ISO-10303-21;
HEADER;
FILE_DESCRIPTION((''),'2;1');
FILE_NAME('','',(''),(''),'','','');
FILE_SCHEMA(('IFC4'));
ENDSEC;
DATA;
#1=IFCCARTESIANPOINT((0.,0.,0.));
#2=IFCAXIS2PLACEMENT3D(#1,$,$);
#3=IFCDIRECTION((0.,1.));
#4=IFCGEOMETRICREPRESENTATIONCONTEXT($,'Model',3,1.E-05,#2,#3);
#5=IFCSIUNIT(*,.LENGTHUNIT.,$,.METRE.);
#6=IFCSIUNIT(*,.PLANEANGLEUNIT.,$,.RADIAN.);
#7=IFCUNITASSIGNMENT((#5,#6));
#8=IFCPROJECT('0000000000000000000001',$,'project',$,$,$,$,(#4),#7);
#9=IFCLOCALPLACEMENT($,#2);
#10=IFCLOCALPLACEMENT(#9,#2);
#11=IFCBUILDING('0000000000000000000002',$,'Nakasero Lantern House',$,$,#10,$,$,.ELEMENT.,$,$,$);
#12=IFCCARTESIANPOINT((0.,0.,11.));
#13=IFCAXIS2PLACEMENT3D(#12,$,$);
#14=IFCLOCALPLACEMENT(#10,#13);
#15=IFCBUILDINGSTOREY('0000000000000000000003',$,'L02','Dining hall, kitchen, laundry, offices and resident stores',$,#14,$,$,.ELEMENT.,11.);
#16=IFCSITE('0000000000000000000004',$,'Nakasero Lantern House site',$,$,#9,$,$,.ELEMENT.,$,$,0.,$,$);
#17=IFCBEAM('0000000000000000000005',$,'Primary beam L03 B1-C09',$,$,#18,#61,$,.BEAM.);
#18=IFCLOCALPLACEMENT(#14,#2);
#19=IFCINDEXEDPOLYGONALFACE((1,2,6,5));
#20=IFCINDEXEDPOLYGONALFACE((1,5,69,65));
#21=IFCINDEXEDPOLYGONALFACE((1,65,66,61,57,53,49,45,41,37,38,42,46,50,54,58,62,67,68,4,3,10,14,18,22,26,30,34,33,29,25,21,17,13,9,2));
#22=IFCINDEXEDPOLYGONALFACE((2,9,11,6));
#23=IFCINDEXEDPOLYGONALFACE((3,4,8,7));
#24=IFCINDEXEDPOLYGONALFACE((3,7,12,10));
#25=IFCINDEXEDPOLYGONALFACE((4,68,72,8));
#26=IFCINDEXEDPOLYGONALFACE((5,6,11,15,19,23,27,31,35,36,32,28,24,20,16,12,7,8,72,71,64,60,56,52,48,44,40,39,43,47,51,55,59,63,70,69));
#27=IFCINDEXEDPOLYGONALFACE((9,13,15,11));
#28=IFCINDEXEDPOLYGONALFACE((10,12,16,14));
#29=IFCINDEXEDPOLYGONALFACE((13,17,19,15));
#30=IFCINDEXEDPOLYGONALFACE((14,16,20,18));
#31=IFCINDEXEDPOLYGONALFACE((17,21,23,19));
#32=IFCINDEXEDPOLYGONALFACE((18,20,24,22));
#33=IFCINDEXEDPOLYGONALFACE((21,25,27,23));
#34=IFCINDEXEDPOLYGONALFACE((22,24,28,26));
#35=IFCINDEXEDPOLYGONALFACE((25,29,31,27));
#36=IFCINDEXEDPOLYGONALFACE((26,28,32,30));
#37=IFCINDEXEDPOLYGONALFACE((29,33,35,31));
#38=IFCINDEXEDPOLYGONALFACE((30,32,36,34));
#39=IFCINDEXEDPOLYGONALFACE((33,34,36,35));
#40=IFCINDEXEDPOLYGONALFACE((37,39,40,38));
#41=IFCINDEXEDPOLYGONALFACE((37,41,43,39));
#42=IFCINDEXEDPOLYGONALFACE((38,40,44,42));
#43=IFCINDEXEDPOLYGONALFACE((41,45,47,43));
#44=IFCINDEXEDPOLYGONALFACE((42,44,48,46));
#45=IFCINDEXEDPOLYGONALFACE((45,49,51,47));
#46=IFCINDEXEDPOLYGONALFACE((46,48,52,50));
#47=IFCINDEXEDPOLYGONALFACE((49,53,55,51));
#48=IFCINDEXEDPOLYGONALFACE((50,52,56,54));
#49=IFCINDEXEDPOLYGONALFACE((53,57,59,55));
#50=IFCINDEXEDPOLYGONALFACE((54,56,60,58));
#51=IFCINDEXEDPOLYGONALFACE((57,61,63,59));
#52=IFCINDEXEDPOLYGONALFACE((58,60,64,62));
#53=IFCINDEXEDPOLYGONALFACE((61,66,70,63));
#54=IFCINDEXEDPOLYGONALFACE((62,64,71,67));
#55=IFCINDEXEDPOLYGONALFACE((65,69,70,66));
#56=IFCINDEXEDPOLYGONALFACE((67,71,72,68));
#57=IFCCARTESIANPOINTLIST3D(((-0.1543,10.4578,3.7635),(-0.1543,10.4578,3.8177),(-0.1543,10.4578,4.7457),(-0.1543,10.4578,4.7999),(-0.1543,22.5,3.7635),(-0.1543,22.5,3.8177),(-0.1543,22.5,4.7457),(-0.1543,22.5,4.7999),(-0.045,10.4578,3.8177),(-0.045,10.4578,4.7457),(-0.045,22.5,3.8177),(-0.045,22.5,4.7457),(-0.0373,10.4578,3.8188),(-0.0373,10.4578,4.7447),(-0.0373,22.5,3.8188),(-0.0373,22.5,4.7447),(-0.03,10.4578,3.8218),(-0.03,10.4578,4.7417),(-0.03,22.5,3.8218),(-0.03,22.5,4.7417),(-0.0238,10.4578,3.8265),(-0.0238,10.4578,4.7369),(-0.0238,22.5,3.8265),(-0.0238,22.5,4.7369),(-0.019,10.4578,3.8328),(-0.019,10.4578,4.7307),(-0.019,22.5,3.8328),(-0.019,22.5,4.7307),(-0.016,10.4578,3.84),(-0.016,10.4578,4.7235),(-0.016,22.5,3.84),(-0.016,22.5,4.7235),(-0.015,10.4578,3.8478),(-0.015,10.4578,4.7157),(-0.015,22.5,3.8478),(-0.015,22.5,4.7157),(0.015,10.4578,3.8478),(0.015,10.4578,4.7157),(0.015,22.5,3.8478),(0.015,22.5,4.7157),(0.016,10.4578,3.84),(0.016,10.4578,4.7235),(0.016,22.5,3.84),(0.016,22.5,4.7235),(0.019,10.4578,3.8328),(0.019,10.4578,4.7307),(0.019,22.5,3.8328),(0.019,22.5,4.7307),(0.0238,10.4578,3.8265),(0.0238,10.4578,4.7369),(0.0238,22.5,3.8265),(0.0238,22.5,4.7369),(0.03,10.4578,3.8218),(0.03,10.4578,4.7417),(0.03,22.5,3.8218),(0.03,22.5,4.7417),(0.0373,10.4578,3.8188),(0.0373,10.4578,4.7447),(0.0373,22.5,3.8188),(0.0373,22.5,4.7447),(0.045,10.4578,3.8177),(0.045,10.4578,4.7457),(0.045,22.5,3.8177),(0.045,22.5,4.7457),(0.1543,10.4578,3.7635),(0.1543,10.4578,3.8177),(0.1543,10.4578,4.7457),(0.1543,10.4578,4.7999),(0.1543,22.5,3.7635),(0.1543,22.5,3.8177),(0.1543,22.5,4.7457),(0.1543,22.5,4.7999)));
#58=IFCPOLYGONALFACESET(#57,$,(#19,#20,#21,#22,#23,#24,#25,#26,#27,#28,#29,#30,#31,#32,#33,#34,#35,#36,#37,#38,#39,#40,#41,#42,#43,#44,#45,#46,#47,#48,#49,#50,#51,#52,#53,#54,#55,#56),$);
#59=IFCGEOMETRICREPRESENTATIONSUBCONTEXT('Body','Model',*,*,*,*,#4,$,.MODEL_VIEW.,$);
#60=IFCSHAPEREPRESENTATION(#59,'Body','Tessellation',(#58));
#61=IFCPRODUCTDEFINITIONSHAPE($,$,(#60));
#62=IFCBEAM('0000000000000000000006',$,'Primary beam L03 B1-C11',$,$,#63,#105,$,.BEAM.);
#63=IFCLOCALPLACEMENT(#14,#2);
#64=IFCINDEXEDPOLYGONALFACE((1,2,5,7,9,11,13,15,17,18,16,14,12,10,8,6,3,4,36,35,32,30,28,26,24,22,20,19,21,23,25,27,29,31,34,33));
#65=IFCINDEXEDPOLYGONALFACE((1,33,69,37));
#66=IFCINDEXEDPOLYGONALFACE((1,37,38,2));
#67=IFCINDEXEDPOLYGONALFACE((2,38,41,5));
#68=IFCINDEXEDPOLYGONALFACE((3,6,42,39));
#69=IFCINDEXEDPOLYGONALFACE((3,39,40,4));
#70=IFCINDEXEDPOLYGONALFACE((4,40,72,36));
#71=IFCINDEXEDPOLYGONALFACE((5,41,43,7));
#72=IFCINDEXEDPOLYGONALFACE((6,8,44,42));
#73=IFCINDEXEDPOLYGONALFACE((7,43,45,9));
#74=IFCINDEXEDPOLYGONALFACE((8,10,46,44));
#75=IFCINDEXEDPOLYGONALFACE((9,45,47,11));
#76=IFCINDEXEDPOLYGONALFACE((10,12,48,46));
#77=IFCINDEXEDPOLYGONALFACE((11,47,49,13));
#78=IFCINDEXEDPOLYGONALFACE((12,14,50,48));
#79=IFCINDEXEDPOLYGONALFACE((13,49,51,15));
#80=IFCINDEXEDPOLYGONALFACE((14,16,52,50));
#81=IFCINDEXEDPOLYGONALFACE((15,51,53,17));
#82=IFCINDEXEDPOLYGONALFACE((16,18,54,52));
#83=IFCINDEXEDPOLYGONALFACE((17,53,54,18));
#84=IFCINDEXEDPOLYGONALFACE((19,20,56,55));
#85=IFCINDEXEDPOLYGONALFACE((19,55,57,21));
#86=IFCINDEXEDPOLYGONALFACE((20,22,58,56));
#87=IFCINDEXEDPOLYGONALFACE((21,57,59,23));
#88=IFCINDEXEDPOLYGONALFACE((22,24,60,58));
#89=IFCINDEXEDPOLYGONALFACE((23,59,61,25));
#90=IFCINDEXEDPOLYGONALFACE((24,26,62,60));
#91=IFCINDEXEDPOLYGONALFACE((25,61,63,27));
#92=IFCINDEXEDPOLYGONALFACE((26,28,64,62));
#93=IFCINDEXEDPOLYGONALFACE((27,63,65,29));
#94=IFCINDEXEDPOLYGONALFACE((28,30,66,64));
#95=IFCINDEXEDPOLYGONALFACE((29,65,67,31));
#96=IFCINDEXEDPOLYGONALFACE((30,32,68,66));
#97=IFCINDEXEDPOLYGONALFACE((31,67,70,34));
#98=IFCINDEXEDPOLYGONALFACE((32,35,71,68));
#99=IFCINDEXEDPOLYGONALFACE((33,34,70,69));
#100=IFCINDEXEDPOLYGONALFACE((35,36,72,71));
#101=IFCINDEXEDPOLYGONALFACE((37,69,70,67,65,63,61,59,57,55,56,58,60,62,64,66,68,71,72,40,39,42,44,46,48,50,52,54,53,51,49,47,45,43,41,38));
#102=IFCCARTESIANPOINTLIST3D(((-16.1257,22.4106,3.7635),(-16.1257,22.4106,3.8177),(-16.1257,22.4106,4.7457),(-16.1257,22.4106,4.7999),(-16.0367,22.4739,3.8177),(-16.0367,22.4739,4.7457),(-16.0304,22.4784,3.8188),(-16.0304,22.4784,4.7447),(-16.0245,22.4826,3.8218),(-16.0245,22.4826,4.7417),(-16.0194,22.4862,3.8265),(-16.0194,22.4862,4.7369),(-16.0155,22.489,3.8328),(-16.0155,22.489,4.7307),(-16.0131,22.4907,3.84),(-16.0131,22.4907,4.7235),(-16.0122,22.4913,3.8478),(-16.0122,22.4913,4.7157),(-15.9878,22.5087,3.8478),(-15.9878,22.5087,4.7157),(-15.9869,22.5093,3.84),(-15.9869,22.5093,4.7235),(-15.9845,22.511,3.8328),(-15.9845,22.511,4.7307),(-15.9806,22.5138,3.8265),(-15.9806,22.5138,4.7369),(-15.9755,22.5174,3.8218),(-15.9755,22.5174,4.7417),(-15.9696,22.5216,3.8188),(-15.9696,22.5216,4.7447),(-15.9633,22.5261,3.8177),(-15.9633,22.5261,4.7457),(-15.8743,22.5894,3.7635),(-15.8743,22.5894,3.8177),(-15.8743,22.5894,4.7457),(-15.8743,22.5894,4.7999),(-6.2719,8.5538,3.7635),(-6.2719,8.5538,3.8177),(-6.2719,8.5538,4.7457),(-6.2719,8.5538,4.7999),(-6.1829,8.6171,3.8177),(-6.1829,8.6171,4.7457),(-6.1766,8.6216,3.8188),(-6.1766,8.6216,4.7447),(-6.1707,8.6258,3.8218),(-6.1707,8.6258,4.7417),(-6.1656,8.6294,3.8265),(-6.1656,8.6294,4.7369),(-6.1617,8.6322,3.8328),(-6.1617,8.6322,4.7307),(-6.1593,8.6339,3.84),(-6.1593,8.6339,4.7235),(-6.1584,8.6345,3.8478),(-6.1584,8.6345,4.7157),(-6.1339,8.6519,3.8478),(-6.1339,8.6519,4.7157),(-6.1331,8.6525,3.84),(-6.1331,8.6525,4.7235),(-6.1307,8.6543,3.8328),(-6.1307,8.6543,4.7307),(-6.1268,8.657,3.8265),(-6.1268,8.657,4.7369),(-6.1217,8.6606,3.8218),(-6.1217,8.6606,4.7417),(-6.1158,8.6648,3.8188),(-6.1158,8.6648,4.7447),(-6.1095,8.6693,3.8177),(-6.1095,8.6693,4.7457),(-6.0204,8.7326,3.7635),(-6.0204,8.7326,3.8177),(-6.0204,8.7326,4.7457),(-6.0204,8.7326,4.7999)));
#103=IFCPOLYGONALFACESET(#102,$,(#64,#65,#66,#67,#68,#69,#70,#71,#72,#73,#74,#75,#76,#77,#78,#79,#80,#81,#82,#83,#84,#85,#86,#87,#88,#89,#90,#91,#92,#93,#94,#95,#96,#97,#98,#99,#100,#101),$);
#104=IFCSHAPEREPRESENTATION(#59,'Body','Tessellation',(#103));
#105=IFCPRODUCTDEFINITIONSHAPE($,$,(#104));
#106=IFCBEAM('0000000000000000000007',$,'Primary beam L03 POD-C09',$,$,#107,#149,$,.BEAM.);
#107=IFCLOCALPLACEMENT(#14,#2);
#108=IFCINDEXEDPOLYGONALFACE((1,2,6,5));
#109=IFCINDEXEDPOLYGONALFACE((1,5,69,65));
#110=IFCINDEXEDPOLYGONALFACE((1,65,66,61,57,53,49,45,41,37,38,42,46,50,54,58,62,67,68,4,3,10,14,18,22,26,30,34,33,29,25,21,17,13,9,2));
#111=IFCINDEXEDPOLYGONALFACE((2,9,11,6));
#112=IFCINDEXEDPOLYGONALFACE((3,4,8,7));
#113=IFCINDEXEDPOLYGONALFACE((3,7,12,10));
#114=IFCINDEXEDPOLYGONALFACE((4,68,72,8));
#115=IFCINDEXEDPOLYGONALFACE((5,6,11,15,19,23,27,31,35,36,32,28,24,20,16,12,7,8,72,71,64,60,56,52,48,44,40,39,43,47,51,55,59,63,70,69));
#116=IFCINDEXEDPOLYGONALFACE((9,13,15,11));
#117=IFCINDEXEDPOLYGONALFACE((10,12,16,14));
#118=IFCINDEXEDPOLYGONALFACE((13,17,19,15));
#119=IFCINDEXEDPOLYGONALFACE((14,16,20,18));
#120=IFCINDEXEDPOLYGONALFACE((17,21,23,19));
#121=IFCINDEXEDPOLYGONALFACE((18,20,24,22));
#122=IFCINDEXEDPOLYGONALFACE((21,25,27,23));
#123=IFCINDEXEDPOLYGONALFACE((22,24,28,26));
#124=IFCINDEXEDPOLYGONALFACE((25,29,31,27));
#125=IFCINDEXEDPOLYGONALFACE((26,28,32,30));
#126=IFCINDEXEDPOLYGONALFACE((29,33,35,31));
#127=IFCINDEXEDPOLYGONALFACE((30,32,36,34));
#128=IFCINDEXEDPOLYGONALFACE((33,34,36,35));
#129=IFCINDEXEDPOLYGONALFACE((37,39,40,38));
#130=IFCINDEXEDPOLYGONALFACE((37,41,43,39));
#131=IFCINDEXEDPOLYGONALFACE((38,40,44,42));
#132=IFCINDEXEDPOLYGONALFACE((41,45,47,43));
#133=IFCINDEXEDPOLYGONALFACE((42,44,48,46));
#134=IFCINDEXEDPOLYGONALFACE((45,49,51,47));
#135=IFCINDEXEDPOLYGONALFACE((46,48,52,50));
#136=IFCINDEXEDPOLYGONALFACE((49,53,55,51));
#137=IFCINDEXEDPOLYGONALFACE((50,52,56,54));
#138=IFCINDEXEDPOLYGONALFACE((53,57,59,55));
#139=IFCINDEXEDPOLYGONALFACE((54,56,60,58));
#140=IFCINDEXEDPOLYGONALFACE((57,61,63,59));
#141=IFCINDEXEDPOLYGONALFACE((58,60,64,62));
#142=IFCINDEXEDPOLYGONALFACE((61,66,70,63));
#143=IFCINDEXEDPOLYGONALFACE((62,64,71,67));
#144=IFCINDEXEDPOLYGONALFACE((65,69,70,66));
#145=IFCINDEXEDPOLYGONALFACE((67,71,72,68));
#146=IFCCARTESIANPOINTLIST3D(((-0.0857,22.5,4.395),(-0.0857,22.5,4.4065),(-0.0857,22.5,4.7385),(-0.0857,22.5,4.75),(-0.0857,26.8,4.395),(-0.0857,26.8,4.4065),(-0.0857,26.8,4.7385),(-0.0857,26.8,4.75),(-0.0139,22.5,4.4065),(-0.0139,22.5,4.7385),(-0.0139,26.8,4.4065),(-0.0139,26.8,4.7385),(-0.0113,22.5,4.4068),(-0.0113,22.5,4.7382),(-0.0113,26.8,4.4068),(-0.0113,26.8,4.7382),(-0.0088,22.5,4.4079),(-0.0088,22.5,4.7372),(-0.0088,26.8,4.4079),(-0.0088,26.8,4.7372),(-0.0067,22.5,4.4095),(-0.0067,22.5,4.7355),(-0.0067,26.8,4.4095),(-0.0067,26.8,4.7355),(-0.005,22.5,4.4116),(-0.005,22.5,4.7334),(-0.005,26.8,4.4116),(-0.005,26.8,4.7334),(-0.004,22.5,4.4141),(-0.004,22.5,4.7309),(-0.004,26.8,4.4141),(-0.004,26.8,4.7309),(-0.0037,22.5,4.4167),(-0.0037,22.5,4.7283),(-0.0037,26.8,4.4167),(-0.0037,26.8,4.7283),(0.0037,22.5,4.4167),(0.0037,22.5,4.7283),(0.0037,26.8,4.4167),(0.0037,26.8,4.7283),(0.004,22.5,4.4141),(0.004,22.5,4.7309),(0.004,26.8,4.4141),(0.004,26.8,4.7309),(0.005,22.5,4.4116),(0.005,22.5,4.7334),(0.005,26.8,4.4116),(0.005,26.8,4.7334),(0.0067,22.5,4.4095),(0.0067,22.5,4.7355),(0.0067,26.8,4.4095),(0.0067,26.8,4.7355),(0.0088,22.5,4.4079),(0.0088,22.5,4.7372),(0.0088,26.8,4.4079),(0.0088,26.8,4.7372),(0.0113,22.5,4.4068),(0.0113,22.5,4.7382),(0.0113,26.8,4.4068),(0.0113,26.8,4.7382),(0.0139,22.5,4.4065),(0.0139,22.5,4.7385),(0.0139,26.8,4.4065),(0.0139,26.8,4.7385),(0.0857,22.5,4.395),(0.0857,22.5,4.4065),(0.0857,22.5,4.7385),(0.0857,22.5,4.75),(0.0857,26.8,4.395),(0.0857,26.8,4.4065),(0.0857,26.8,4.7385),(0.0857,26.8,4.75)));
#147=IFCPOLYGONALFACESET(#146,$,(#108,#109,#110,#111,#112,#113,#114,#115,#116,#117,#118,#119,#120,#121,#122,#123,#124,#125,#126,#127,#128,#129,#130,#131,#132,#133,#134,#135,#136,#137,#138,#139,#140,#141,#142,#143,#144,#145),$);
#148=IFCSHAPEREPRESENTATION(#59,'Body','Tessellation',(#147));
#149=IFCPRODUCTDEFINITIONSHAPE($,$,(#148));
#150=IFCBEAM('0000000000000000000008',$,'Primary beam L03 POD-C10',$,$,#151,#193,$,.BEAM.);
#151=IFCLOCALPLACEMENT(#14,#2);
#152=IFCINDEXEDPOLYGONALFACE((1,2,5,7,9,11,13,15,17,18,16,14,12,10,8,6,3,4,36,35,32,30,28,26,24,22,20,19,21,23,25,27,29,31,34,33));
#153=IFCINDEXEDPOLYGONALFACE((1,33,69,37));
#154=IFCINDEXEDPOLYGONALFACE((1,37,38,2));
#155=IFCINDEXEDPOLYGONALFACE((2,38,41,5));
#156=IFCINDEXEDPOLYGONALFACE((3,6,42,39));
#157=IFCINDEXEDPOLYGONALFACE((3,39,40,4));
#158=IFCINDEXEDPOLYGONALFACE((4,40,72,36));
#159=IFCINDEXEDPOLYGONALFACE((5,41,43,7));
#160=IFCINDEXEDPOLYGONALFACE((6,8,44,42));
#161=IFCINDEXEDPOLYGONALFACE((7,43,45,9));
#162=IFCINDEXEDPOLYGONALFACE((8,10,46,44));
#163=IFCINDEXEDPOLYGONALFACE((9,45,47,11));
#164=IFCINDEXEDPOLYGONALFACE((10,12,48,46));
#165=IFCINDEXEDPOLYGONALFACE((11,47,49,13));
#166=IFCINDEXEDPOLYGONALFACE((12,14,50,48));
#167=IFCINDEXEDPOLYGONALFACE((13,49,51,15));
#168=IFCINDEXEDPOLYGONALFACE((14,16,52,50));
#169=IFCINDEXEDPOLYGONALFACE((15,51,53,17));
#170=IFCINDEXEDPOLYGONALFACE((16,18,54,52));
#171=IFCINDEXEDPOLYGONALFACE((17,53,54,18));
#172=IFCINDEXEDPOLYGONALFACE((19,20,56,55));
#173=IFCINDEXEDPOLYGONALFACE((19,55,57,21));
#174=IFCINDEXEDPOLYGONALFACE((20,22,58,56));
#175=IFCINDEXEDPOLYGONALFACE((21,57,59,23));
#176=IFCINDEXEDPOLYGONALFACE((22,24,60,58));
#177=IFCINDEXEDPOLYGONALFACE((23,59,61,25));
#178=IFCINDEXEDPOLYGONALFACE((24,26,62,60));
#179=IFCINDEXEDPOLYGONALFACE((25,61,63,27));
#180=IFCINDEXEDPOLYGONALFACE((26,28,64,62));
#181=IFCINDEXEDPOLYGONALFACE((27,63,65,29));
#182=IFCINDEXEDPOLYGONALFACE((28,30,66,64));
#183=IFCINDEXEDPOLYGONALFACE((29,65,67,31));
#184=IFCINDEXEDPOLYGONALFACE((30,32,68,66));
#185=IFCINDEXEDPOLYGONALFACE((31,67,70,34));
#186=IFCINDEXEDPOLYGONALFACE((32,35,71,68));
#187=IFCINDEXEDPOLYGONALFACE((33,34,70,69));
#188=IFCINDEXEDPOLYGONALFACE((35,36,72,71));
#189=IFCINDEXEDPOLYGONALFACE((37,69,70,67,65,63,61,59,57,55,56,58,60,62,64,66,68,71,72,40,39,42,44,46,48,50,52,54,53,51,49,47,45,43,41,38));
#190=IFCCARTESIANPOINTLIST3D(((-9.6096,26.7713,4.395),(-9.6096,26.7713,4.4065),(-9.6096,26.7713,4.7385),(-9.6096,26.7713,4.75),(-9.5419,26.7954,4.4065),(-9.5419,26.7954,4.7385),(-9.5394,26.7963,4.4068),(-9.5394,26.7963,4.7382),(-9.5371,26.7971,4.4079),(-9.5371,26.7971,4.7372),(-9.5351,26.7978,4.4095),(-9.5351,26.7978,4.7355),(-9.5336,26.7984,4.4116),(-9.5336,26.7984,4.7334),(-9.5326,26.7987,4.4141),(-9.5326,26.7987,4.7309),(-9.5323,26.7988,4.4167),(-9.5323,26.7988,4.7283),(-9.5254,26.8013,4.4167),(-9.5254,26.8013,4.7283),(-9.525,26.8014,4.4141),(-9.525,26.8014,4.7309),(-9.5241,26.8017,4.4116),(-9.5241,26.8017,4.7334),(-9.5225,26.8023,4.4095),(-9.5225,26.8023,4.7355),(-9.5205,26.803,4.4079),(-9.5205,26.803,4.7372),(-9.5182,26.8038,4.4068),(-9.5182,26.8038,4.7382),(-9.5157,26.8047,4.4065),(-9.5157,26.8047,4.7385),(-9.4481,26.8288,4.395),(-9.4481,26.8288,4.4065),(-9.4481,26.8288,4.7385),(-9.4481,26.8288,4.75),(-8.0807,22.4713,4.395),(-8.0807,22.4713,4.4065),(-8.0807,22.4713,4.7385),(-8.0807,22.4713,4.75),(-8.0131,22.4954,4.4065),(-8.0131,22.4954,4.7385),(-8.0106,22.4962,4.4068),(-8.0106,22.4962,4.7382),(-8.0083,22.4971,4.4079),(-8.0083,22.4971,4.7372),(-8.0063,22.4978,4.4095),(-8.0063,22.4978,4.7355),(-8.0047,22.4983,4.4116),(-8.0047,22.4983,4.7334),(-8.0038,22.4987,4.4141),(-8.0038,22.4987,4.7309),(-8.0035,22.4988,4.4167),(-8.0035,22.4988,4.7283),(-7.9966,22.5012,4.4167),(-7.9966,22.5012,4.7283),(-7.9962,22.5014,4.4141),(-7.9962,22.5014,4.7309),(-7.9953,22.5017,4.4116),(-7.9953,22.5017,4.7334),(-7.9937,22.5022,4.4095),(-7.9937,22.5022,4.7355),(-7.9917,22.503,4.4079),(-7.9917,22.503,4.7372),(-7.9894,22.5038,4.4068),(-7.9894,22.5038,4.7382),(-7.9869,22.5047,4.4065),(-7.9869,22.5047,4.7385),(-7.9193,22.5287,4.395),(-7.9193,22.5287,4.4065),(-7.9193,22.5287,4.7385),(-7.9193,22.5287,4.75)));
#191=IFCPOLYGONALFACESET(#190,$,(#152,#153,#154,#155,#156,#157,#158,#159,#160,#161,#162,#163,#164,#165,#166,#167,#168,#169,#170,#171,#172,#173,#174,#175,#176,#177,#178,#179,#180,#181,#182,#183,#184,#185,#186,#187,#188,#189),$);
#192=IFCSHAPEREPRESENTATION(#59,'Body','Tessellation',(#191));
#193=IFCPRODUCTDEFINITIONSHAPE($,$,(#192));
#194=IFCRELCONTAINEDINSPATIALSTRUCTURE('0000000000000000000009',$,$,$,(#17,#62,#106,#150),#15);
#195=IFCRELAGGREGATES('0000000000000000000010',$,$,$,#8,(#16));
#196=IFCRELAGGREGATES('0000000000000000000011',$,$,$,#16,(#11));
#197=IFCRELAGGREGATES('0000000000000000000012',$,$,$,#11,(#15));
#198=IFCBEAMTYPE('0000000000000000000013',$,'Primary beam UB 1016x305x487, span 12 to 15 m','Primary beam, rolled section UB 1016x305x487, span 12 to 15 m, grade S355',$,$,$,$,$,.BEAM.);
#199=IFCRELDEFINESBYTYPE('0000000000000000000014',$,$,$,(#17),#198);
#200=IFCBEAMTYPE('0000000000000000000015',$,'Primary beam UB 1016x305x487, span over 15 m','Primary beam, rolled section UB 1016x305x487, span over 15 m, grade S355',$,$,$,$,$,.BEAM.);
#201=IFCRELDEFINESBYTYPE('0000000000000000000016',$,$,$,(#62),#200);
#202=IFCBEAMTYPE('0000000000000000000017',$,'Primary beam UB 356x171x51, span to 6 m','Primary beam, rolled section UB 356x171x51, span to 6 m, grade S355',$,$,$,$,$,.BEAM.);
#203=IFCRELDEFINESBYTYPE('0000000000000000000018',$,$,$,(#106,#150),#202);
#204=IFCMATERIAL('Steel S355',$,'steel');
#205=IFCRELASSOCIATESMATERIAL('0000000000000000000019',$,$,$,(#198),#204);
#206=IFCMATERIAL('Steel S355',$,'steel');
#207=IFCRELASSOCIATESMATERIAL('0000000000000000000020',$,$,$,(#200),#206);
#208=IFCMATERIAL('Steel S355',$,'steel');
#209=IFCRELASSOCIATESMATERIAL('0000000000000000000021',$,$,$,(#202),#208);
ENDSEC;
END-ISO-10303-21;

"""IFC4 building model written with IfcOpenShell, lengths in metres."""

from ifc_helpers import new_model, si_unit, direction, frame, origin, origin_2d, place, context, subcontext, project, spatial, i_section, extrude, material, material_profile, profile_set, type_object, element, save


model = new_model("IFC4")

# Units and contexts
model_context = context("Model", 3, precision=1e-05, world=origin(), true_north=direction((0.0, 1.0)))
body_context = subcontext(model_context, "Body", "Model", "MODEL_VIEW")
ifc_project = project(units=[si_unit("LENGTHUNIT", "METRE"), si_unit("PLANEANGLEUNIT", "RADIAN")], contexts=[model_context])

# Site, building, storey
site_placement = place(None, origin())
site = spatial("IfcSite", under=ifc_project, at=site_placement, Name="Nakasero Lantern House site", CompositionType="ELEMENT", RefElevation=0.0)
building_placement = place(site_placement, origin())
building = spatial("IfcBuilding", under=site, at=building_placement, Name="Nakasero Lantern House", CompositionType="ELEMENT")
storey_placement = place(building_placement, frame((0.0, 0.0, 11.0)))
storey = spatial("IfcBuildingStorey", under=building, at=storey_placement, Name="L02", Description="Dining hall, kitchen, laundry, offices and resident stores", CompositionType="ELEMENT", Elevation=11.0)

# Beams
ifc_material_1 = material(Name="Steel S355", Category="steel")
ifc_material_profile_1 = material_profile(ifc_material_1, i_section(OverallWidth=0.3086, OverallDepth=1.0364, WebThickness=0.03, FlangeThickness=0.0542, FilletRadius=0.03, at=origin_2d()), Name="UB 1016x305x487")
ifc_profile_set_1 = profile_set([ifc_material_profile_1], Name="Steel S355")
beam_type_1 = type_object("IfcBeamType", Name="Primary beam UB 1016x305x487, span 12 to 15 m", Description="Primary beam, rolled section UB 1016x305x487, span 12 to 15 m, grade S355", PredefinedType="BEAM", material=ifc_profile_set_1)
beam_1_placement = place(storey_placement, frame((0.0, 22.5, 4.2817), z_axis=(0.0, -1.0, 0.0), x_axis=(1.0, 0.0, 0.0)))
element("IfcBeam", 1, at=beam_1_placement, inside=storey, type_object=beam_type_1, Name="Primary beam L03 B1-C09", PredefinedType="BEAM", context=body_context, shape_type="SweptSolid", body=[
    extrude(i_section(OverallWidth=0.3086, OverallDepth=1.0364, WebThickness=0.03, FlangeThickness=0.0542, FilletRadius=0.03, at=origin_2d()), origin(), (0.0, 0.0, 1.0), 12.0422),
])
ifc_material_2 = material(Name="Steel S355", Category="steel")
ifc_material_profile_2 = material_profile(ifc_material_2, i_section(OverallWidth=0.3086, OverallDepth=1.0364, WebThickness=0.03, FlangeThickness=0.0542, FilletRadius=0.03, at=origin_2d()), Name="UB 1016x305x487")
ifc_profile_set_2 = profile_set([ifc_material_profile_2], Name="Steel S355")
beam_type_2 = type_object("IfcBeamType", Name="Primary beam UB 1016x305x487, span over 15 m", Description="Primary beam, rolled section UB 1016x305x487, span over 15 m, grade S355", PredefinedType="BEAM", material=ifc_profile_set_2)
beam_2_placement = place(storey_placement, frame((-16.0, 22.5, 4.2817), z_axis=(0.579528, -0.814952, 0.0), x_axis=(0.814952, 0.579528, 0.0)))
element("IfcBeam", 2, at=beam_2_placement, inside=storey, type_object=beam_type_2, Name="Primary beam L03 B1-C11", PredefinedType="BEAM", context=body_context, shape_type="SweptSolid", body=[
    extrude(i_section(OverallWidth=0.3086, OverallDepth=1.0364, WebThickness=0.03, FlangeThickness=0.0542, FilletRadius=0.03, at=origin_2d()), origin(), (0.0, 0.0, 1.0), 17.0032),
])
ifc_material_3 = material(Name="Steel S355", Category="steel")
ifc_material_profile_3 = material_profile(ifc_material_3, i_section(OverallWidth=0.1714, OverallDepth=0.355, WebThickness=0.0073, FlangeThickness=0.0115, FilletRadius=0.0103, at=origin_2d()), Name="UB 356x171x51")
ifc_profile_set_3 = profile_set([ifc_material_profile_3], Name="Steel S355")
beam_type_3 = type_object("IfcBeamType", Name="Primary beam UB 356x171x51, span to 6 m", Description="Primary beam, rolled section UB 356x171x51, span to 6 m, grade S355", PredefinedType="BEAM", material=ifc_profile_set_3)
beam_3_placement = place(storey_placement, frame((0.0, 26.8, 4.5725), z_axis=(0.0, -1.0, 0.0), x_axis=(1.0, 0.0, 0.0)))
element("IfcBeam", 3, at=beam_3_placement, inside=storey, type_object=beam_type_3, Name="Primary beam L03 POD-C09", PredefinedType="BEAM", context=body_context, shape_type="SweptSolid", body=[
    extrude(i_section(OverallWidth=0.1714, OverallDepth=0.355, WebThickness=0.0073, FlangeThickness=0.0115, FilletRadius=0.0103, at=origin_2d()), origin(), (0.0, 0.0, 1.0), 4.3),
])
beam_4_placement = place(storey_placement, frame((-9.5288, 26.8, 4.5725), z_axis=(0.334991, -0.942221, 0.0), x_axis=(0.942221, 0.334991, 0.0)))
element("IfcBeam", 4, at=beam_4_placement, inside=storey, type_object=beam_type_3, Name="Primary beam L03 POD-C10", PredefinedType="BEAM", context=body_context, shape_type="SweptSolid", body=[
    extrude(i_section(OverallWidth=0.1714, OverallDepth=0.355, WebThickness=0.0073, FlangeThickness=0.0115, FilletRadius=0.0103, at=origin_2d()), origin(), (0.0, 0.0, 1.0), 4.5637),
])

save(model, "model.ifc")
